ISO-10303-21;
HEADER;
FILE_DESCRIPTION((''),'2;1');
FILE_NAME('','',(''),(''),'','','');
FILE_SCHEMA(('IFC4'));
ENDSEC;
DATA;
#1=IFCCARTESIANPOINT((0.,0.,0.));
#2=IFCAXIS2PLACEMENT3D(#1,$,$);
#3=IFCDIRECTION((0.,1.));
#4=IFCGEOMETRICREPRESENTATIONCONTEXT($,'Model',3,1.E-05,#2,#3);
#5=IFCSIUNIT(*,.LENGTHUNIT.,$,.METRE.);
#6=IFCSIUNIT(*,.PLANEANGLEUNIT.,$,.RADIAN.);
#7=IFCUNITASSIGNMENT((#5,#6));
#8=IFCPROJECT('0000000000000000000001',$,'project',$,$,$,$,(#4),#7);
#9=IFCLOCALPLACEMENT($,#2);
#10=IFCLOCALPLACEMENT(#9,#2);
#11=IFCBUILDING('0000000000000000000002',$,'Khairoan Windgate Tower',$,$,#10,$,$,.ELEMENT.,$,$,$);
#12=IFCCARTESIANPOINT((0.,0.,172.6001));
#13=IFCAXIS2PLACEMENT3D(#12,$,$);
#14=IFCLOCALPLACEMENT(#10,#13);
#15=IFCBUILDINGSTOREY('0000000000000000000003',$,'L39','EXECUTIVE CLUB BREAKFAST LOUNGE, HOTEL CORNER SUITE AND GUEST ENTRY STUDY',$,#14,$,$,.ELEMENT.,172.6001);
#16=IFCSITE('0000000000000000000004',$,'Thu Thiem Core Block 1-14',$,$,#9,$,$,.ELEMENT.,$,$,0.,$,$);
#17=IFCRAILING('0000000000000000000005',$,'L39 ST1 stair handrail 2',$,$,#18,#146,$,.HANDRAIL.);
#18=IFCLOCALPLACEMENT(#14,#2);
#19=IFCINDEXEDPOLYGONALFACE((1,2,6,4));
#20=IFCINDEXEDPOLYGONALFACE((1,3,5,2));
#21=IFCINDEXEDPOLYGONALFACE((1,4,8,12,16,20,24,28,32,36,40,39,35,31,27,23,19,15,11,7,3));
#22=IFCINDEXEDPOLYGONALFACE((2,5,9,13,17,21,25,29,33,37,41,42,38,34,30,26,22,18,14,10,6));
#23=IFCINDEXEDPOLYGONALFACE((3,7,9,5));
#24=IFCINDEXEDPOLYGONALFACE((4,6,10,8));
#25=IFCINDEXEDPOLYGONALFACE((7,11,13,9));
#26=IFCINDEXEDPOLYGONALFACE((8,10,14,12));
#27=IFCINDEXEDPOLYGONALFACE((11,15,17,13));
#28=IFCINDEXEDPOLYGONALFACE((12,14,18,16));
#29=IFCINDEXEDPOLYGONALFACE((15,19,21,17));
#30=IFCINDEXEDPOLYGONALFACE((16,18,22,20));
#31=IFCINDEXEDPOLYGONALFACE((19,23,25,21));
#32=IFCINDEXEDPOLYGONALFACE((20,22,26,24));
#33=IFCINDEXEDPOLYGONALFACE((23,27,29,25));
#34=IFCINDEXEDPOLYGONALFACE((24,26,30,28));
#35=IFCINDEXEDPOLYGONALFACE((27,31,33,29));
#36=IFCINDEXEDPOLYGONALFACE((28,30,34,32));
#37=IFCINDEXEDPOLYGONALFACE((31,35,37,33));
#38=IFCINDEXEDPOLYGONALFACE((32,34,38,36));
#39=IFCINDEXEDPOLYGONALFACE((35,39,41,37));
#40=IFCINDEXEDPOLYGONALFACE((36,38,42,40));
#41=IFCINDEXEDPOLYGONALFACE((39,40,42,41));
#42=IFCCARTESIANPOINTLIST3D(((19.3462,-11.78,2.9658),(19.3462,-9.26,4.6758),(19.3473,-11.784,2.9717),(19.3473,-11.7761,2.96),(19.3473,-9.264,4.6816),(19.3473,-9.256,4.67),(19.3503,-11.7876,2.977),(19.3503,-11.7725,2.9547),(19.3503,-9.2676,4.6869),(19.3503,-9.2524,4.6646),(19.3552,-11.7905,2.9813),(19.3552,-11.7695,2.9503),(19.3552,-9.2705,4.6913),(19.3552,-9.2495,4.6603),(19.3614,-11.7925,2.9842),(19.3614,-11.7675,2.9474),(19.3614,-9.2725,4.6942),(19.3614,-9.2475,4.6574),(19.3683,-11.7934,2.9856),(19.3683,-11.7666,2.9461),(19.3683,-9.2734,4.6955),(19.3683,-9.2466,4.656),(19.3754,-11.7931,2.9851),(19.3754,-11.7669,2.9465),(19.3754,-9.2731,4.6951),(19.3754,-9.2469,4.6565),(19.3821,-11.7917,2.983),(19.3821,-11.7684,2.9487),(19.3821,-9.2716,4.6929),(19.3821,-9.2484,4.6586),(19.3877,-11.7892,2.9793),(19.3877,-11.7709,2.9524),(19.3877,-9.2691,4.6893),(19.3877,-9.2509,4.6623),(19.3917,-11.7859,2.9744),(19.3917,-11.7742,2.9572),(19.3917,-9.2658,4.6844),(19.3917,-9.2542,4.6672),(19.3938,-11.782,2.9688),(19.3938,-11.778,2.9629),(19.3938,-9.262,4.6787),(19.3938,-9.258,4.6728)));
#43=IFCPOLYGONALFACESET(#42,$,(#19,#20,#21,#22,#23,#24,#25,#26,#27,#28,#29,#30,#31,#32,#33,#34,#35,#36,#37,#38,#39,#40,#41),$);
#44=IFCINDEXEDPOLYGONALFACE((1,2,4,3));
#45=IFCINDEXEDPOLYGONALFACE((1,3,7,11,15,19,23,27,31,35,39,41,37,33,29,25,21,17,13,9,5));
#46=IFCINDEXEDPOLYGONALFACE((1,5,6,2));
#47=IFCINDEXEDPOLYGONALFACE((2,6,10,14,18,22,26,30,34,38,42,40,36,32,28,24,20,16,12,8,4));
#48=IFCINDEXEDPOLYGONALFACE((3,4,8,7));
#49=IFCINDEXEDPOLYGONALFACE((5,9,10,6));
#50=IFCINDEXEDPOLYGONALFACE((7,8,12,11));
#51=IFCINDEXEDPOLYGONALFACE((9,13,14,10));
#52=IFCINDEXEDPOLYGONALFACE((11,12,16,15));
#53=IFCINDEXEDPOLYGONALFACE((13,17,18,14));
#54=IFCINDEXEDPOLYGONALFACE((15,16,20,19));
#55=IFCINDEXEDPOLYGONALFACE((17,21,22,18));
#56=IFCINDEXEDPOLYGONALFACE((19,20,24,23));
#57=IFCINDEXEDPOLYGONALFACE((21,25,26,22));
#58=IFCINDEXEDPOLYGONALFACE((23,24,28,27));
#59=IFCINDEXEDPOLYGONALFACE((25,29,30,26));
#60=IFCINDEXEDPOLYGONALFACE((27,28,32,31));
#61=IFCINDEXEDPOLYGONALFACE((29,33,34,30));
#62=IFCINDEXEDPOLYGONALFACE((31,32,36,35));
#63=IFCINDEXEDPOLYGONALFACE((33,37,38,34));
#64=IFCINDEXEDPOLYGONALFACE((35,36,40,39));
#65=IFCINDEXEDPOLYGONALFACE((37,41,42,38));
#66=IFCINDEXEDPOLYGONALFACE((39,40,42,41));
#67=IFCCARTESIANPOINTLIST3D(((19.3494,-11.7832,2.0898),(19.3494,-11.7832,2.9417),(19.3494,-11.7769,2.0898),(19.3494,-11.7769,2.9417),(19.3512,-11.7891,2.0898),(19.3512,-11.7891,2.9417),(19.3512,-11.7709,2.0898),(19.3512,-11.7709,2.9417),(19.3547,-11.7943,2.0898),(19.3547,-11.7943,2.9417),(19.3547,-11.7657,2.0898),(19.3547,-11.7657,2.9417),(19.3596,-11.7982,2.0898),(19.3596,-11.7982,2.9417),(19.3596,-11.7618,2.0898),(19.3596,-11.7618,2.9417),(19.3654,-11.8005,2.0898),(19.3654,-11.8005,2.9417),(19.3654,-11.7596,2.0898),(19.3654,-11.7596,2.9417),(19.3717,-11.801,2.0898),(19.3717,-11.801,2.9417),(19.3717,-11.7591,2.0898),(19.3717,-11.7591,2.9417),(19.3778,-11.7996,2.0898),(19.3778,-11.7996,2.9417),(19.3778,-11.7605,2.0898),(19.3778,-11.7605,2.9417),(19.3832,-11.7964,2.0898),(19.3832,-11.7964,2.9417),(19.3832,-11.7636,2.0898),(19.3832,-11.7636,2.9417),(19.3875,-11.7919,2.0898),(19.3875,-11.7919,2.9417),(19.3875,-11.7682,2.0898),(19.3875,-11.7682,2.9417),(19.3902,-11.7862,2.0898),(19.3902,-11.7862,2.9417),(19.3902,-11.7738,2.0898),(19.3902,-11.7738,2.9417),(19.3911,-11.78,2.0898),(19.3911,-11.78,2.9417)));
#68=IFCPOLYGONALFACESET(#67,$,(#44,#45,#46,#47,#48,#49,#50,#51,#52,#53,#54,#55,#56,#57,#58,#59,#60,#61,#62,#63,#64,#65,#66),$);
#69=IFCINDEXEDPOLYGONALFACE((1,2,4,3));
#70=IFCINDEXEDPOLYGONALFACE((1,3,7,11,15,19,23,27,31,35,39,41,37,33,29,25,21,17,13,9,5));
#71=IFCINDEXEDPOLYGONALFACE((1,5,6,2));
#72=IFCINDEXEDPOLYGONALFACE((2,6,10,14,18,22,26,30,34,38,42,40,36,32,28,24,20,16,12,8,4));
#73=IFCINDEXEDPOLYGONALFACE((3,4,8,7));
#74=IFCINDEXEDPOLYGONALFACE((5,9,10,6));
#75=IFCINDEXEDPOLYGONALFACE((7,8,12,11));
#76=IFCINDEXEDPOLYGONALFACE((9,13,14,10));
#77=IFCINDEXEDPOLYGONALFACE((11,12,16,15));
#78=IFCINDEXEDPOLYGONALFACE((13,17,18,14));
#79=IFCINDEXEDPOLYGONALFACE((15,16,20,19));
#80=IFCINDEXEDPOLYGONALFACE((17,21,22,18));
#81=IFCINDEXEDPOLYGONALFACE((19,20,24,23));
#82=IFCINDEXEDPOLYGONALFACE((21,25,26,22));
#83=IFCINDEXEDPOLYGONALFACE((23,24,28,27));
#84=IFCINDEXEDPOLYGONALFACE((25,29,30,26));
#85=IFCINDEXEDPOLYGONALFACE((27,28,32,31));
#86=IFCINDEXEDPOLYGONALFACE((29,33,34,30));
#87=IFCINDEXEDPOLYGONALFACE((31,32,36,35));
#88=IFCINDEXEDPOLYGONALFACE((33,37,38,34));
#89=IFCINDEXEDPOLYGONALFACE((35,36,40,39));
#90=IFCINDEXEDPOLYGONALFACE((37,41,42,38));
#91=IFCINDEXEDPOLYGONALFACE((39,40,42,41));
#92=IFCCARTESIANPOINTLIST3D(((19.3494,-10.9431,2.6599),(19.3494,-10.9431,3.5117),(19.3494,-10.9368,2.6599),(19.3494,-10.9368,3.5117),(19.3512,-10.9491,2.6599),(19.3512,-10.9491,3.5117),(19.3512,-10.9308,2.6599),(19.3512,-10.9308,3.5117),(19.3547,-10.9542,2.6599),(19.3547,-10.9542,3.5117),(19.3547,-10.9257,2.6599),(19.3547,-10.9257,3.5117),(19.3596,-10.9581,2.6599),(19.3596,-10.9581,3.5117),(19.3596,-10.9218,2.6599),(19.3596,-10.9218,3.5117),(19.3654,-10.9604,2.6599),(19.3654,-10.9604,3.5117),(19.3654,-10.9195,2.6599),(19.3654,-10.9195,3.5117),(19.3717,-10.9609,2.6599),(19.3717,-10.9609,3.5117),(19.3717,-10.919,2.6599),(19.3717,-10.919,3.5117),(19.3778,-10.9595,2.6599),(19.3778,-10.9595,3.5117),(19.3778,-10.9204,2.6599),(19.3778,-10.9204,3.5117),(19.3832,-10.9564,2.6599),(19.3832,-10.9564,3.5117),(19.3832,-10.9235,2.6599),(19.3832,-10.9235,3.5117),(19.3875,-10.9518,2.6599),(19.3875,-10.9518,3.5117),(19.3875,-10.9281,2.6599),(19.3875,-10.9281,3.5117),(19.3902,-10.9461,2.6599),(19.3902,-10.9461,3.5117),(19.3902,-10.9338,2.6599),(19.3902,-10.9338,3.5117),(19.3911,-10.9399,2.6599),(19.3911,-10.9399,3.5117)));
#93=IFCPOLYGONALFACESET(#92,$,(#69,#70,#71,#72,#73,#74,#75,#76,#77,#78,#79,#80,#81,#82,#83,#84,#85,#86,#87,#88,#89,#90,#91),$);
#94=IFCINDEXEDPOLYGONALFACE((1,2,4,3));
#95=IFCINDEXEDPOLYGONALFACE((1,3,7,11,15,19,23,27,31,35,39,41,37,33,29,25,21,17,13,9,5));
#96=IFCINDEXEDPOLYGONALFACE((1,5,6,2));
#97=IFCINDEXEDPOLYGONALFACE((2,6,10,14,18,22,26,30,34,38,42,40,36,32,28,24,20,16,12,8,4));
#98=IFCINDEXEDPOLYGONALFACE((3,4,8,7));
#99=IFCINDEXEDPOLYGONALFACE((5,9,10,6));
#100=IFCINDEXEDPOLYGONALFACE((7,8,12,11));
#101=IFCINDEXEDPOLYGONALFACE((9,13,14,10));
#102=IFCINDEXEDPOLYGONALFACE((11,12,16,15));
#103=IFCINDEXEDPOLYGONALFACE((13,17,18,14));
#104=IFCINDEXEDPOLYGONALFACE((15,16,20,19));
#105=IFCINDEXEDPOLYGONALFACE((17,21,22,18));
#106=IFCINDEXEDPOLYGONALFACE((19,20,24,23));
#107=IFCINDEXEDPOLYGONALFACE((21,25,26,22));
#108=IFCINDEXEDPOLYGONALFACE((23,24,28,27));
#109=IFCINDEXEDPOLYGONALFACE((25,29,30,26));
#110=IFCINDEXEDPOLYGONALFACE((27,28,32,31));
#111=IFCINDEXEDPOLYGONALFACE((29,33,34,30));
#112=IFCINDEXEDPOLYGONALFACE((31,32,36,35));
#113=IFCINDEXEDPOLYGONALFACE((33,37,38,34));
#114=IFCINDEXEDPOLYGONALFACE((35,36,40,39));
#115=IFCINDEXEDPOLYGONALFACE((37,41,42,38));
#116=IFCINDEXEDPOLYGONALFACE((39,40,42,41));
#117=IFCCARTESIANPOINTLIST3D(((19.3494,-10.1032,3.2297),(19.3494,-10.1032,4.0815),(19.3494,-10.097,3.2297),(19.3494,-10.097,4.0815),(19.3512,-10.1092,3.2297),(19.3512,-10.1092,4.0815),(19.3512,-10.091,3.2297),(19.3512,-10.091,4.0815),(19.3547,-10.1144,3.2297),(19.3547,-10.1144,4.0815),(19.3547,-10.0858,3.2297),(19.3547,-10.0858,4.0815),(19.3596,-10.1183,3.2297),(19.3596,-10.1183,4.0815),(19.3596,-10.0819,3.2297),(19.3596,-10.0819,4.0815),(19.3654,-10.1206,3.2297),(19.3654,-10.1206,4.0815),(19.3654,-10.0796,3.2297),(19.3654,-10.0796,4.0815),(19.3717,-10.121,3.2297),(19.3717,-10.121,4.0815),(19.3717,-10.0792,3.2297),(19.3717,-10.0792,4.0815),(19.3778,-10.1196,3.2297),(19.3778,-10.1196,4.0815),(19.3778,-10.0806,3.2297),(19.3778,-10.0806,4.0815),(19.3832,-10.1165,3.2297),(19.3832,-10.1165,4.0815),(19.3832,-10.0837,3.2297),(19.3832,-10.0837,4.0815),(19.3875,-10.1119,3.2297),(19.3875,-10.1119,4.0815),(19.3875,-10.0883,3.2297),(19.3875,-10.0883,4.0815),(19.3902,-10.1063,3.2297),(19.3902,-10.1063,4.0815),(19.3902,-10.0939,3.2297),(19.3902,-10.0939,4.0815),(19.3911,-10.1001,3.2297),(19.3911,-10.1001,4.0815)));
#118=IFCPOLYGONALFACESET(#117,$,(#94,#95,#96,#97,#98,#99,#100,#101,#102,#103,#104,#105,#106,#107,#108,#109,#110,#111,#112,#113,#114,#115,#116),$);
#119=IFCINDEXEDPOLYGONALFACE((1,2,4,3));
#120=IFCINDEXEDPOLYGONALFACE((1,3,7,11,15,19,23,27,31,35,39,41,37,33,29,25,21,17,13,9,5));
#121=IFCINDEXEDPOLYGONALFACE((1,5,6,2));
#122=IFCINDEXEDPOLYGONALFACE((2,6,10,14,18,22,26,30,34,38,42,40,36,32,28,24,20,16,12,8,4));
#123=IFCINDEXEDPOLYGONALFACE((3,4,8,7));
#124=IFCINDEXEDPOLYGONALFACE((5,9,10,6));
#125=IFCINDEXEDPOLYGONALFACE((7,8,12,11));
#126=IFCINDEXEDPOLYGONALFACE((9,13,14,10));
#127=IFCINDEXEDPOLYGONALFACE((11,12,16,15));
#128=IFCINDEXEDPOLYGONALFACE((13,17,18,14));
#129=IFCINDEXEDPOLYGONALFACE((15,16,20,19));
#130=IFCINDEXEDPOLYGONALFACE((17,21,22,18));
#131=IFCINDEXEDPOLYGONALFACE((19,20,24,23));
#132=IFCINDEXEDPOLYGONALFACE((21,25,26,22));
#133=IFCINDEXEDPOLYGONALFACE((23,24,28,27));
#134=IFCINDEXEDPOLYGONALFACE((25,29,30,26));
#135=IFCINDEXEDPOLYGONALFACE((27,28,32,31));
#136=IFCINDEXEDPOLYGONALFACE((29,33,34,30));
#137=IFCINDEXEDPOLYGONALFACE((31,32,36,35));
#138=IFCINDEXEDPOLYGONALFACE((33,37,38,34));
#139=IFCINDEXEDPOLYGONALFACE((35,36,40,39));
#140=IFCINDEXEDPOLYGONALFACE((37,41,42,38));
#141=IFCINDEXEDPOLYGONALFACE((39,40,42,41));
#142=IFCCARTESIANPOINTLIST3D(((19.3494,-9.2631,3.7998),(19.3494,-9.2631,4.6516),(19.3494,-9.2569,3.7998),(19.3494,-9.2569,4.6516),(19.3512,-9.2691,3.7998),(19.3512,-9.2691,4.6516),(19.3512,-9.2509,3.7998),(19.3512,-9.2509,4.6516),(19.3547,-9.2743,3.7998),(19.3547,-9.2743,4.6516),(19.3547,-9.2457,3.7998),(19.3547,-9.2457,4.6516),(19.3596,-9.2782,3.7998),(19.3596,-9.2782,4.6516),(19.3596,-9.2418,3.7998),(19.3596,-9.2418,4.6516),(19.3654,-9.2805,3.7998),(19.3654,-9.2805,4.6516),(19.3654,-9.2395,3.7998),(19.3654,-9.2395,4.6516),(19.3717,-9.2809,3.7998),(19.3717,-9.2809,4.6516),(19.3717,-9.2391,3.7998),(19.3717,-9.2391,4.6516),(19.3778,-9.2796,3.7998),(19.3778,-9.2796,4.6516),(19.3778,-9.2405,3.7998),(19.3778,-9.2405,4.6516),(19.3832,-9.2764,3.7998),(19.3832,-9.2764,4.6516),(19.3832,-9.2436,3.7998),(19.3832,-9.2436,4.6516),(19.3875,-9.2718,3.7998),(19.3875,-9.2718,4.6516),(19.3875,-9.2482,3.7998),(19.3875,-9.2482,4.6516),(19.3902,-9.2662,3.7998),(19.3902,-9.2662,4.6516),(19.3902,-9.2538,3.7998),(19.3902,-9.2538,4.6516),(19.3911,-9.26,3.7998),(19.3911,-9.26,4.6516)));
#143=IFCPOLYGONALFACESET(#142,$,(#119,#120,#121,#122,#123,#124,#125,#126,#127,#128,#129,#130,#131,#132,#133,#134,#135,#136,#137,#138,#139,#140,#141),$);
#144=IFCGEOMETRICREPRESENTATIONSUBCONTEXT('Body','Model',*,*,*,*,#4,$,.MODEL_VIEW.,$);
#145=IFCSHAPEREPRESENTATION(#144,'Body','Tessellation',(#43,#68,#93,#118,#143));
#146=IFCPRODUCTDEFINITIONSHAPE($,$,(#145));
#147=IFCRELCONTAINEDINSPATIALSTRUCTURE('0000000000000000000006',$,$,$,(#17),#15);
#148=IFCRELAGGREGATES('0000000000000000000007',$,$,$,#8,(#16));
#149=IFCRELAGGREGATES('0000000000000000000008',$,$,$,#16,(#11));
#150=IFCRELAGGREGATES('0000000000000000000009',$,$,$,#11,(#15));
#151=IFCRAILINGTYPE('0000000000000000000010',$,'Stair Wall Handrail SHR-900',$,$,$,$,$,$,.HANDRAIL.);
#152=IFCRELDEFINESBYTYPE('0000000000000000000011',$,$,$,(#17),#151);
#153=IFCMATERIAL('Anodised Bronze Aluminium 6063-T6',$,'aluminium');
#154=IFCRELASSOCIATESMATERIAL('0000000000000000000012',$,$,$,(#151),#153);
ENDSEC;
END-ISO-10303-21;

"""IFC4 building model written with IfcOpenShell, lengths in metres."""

from ifc_helpers import new_model, si_unit, direction, frame, origin, origin_2d, place, context, subcontext, project, spatial, circle, extrude, material, type_object, element, save


model = new_model("IFC4")

# Units and contexts
model_context = context("Model", 3, precision=1e-05, world=origin(), true_north=direction((0.0, 1.0)))
body_context = subcontext(model_context, "Body", "Model", "MODEL_VIEW")
ifc_project = project(units=[si_unit("LENGTHUNIT", "METRE"), si_unit("PLANEANGLEUNIT", "RADIAN")], contexts=[model_context])

# Site, building, storey
site_placement = place(None, origin())
site = spatial("IfcSite", under=ifc_project, at=site_placement, Name="Thu Thiem Core Block 1-14", CompositionType="ELEMENT", RefElevation=0.0)
building_placement = place(site_placement, origin())
building = spatial("IfcBuilding", under=site, at=building_placement, Name="Khairoan Windgate Tower", CompositionType="ELEMENT")
storey_placement = place(building_placement, frame((0.0, 0.0, 172.6001)))
storey = spatial("IfcBuildingStorey", under=building, at=storey_placement, Name="L39", Description="EXECUTIVE CLUB BREAKFAST LOUNGE, HOTEL CORNER SUITE AND GUEST ENTRY STUDY", CompositionType="ELEMENT", Elevation=172.6001)

# Railing
ifc_material_1 = material(Name="Anodised Bronze Aluminium 6063-T6", Category="aluminium")
railing_type_1 = type_object("IfcRailingType", Name="Stair Wall Handrail SHR-900", PredefinedType="HANDRAIL", material=ifc_material_1)
railing_1_placement = place(storey_placement, frame((19.3701, -11.78, 2.0898)))
element("IfcRailing", 1, at=railing_1_placement, inside=storey, type_object=railing_type_1, Name="L39 ST1 stair handrail 2", PredefinedType="HANDRAIL", context=body_context, shape_type="SweptSolid", body=[
    extrude(circle(Radius=0.0239, at=origin_2d()), frame((0.0, 0.0, 0.876), z_axis=(0.0, 0.827484, 0.56149), x_axis=(-1.0, 0.0, 0.0)), (0.0, 0.0, 1.0), 3.0454),
    extrude(circle(Radius=0.021, at=origin_2d()), origin(), (0.0, 0.0, 1.0), 0.8518),
    extrude(circle(Radius=0.021, at=origin_2d()), frame((0.0, 0.8401, 0.5701)), (0.0, 0.0, 1.0), 0.8518),
    extrude(circle(Radius=0.021, at=origin_2d()), frame((0.0, 1.6799, 1.1399)), (0.0, 0.0, 1.0), 0.8518),
    extrude(circle(Radius=0.021, at=origin_2d()), frame((0.0, 2.52, 1.71)), (0.0, 0.0, 1.0), 0.8518),
])

save(model, "model.ifc")
